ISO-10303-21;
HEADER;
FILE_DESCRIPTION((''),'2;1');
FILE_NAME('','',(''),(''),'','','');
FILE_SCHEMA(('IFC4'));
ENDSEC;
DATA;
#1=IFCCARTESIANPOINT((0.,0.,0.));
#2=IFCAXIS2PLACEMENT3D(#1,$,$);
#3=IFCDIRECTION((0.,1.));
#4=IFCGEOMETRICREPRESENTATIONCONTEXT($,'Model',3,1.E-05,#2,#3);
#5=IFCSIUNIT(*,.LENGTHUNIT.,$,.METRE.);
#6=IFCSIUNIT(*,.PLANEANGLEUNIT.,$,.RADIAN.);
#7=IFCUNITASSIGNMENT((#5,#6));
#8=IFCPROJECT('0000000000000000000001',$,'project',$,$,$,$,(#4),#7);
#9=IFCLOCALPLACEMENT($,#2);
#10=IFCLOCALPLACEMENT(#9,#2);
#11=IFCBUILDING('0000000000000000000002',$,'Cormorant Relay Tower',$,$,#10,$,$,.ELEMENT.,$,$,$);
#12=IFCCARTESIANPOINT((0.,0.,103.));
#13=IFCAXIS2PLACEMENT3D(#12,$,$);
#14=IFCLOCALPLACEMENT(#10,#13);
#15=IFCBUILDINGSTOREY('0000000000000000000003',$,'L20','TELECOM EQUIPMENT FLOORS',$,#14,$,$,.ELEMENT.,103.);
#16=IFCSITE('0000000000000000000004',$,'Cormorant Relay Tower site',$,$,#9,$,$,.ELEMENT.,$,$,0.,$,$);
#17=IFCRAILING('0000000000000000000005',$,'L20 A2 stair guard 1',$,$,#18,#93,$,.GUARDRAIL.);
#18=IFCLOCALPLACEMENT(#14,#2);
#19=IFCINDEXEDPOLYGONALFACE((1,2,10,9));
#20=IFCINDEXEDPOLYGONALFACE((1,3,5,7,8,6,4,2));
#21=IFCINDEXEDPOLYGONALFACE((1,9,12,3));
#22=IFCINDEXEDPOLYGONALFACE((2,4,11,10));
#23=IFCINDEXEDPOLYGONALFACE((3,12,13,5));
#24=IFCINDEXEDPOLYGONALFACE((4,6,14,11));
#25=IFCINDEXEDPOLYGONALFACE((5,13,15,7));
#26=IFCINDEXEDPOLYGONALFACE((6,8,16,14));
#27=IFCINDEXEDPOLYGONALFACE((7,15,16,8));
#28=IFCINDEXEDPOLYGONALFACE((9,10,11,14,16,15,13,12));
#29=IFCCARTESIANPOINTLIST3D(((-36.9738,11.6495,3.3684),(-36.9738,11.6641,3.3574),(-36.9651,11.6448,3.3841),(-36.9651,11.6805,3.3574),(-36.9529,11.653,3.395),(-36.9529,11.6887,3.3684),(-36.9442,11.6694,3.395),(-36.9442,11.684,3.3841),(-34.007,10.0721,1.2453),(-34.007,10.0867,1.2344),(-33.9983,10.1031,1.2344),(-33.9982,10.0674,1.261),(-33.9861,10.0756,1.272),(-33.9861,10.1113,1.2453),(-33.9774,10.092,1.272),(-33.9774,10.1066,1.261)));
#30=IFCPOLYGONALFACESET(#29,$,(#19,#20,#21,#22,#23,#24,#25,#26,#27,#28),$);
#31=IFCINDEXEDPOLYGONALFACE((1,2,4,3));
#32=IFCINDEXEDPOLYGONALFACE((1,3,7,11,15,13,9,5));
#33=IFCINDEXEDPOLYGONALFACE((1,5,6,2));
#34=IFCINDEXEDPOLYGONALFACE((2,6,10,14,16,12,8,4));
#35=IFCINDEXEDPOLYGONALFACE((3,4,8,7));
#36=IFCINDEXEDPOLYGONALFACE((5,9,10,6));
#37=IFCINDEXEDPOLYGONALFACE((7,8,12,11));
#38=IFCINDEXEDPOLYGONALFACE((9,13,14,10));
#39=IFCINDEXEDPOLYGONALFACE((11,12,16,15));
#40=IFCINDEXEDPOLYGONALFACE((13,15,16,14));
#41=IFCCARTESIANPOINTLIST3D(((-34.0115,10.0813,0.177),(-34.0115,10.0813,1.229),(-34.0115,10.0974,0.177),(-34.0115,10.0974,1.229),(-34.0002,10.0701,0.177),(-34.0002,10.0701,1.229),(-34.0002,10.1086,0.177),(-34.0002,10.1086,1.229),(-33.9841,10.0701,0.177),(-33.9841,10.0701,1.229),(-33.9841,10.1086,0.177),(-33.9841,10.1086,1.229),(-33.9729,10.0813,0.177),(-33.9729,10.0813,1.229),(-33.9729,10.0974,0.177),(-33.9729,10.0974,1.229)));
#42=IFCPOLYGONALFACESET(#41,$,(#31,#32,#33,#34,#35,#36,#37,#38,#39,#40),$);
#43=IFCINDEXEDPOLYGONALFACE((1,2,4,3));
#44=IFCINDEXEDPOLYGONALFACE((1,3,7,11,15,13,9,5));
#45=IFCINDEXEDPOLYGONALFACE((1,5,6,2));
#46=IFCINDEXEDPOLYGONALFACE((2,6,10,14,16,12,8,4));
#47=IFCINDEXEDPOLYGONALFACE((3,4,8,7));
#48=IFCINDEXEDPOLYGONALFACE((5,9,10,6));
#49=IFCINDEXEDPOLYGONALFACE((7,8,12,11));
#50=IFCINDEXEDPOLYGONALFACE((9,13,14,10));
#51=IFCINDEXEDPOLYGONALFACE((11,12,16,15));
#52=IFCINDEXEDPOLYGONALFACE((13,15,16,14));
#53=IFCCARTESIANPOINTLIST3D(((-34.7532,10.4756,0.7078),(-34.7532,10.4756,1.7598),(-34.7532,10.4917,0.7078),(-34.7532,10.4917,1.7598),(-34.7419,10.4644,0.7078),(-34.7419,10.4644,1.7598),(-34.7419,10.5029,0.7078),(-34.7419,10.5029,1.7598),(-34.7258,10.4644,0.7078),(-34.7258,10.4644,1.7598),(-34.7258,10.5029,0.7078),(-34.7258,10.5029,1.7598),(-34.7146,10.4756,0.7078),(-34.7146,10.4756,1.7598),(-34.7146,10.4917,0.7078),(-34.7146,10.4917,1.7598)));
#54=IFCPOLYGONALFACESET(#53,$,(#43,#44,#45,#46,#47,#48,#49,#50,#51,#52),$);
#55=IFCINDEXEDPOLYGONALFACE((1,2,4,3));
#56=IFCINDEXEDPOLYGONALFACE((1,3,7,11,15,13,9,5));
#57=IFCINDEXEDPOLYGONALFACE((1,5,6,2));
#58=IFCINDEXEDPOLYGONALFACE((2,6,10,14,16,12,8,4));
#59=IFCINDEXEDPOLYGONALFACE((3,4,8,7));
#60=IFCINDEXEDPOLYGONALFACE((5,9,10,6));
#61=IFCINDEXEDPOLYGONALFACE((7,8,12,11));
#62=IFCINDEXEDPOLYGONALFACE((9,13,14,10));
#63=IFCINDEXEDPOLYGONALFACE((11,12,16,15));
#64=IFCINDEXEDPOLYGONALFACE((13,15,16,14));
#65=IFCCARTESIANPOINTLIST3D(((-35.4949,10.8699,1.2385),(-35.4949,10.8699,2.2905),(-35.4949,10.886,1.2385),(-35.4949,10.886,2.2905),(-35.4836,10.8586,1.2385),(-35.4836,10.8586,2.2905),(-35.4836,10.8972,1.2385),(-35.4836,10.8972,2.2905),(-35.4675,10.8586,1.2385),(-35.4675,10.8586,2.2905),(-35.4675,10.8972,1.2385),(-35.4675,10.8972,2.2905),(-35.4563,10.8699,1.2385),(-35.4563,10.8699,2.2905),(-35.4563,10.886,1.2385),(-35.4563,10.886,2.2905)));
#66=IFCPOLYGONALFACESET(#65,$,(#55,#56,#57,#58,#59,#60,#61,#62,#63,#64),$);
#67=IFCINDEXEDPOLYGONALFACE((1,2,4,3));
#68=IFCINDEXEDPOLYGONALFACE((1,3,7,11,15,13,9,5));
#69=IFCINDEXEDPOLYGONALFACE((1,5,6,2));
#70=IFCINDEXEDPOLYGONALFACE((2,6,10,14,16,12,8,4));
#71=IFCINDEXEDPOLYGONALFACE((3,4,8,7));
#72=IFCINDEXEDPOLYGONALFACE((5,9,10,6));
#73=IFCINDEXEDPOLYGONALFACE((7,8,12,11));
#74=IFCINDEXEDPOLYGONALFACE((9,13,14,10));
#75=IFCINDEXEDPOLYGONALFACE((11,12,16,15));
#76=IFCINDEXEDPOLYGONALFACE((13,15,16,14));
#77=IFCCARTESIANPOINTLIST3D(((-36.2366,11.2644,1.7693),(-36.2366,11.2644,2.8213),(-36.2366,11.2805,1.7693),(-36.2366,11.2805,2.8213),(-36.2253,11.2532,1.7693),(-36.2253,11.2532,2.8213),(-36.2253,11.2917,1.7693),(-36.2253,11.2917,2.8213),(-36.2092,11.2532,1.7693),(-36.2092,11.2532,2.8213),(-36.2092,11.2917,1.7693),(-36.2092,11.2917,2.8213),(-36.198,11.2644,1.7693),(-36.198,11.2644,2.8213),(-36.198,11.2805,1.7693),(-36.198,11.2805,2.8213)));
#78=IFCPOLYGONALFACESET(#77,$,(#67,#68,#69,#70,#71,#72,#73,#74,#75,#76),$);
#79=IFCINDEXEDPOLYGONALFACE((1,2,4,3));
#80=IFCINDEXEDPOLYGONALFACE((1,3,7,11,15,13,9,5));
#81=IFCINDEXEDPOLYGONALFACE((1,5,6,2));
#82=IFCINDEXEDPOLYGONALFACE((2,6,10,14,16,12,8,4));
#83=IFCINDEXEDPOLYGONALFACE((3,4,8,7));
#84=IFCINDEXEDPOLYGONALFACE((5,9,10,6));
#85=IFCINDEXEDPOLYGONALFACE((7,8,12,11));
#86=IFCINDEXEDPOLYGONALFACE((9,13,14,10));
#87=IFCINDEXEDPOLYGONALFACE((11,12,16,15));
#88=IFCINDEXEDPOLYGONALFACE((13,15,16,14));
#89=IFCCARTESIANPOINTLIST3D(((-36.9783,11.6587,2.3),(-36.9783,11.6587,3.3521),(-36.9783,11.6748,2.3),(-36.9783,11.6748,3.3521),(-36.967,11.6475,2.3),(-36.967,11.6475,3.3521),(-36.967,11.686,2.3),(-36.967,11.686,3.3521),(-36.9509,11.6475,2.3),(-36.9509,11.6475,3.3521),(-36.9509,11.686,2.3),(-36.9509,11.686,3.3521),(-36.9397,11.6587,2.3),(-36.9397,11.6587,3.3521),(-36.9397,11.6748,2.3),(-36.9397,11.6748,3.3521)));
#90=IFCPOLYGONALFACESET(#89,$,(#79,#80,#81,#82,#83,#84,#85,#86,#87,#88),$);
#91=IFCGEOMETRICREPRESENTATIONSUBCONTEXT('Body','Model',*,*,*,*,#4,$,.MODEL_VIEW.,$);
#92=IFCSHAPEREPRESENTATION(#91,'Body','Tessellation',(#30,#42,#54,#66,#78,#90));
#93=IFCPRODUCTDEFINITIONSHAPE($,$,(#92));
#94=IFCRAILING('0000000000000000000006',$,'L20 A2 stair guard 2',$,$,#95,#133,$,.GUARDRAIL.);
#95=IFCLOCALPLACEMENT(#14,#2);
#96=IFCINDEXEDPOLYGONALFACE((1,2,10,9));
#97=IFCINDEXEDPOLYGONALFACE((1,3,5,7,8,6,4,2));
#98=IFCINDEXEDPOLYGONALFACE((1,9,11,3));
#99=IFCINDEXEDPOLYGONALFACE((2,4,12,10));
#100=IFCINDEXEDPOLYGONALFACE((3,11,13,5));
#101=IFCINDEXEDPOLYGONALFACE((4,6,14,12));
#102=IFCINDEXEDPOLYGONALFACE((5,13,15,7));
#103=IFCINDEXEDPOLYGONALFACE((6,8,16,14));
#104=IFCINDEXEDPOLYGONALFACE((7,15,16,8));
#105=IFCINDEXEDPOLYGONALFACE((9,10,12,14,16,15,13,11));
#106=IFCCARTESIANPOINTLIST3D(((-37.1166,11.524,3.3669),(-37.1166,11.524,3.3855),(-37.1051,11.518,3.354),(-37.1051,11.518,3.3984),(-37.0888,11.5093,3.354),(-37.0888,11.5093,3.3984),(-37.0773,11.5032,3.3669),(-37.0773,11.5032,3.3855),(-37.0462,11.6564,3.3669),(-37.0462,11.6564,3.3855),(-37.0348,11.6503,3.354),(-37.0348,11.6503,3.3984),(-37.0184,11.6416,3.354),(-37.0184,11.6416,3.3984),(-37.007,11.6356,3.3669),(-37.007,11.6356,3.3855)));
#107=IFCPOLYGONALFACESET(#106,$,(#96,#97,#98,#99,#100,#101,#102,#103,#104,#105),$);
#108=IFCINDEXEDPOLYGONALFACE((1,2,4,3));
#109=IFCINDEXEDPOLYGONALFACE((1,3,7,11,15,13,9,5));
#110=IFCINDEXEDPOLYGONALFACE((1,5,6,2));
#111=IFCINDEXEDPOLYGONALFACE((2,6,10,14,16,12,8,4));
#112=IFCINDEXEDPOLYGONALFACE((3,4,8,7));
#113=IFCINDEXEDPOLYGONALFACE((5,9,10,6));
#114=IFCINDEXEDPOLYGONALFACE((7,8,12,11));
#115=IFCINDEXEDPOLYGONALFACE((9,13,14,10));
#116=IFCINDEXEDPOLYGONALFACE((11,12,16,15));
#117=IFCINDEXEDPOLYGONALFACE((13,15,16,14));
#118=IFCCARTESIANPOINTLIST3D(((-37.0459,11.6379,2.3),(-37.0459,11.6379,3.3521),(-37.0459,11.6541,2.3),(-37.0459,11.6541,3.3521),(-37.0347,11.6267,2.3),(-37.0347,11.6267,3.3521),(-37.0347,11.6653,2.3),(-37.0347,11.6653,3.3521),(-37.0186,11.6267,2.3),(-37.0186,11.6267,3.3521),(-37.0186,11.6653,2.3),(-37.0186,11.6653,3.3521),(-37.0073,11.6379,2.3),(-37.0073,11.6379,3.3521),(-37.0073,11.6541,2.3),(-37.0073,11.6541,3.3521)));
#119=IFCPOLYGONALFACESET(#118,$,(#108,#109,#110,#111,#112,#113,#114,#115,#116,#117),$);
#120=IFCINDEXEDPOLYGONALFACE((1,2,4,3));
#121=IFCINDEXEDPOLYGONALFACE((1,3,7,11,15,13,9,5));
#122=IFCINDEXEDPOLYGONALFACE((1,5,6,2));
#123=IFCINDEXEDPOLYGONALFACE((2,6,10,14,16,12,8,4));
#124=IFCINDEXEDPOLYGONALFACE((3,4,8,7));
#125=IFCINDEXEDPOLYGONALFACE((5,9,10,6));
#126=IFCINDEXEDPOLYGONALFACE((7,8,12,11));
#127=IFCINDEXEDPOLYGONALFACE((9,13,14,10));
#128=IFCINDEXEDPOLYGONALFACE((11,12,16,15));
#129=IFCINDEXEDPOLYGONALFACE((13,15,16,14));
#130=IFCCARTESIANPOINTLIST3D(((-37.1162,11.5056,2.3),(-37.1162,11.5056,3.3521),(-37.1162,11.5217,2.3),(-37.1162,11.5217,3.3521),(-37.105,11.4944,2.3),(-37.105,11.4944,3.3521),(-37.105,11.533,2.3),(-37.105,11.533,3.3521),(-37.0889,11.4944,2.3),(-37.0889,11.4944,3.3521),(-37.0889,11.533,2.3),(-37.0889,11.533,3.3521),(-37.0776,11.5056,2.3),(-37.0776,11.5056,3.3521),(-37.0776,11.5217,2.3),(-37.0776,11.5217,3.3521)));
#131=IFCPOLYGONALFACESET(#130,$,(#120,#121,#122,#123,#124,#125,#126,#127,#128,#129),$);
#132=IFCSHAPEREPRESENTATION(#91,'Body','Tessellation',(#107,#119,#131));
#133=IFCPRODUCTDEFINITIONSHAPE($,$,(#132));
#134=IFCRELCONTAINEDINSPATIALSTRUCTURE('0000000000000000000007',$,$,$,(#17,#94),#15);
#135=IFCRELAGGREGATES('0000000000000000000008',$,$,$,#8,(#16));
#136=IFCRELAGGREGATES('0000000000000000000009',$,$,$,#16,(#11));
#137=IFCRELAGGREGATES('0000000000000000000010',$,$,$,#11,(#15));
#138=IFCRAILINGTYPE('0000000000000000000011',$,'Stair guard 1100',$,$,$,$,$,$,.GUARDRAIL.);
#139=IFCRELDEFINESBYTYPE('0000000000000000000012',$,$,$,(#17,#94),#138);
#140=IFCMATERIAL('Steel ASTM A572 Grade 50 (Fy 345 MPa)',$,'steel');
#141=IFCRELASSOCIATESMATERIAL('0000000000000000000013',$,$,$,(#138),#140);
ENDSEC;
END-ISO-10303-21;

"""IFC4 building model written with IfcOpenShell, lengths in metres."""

from ifc_helpers import new_model, si_unit, direction, frame, origin, place, context, subcontext, project, spatial, polyline, outline, extrude, material, type_object, element, save


model = new_model("IFC4")

# Units and contexts
model_context = context("Model", 3, precision=1e-05, world=origin(), true_north=direction((0.0, 1.0)))
body_context = subcontext(model_context, "Body", "Model", "MODEL_VIEW")
ifc_project = project(units=[si_unit("LENGTHUNIT", "METRE"), si_unit("PLANEANGLEUNIT", "RADIAN")], contexts=[model_context])

# Site, building, storey
site_placement = place(None, origin())
site = spatial("IfcSite", under=ifc_project, at=site_placement, Name="Cormorant Relay Tower site", CompositionType="ELEMENT", RefElevation=0.0)
building_placement = place(site_placement, origin())
building = spatial("IfcBuilding", under=site, at=building_placement, Name="Cormorant Relay Tower", CompositionType="ELEMENT")
storey_placement = place(building_placement, frame((0.0, 0.0, 103.0)))
storey = spatial("IfcBuildingStorey", under=building, at=storey_placement, Name="L20", Description="TELECOM EQUIPMENT FLOORS", CompositionType="ELEMENT", Elevation=103.0)

# Railings
ifc_material_1 = material(Name="Steel ASTM A572 Grade 50 (Fy 345 MPa)", Category="steel")
railing_type_1 = type_object("IfcRailingType", Name="Stair guard 1100", PredefinedType="GUARDRAIL", material=ifc_material_1)
railing_1_placement = place(storey_placement, frame((-33.9922, 10.0894, 0.177)))
element("IfcRailing", 1, at=railing_1_placement, inside=storey, type_object=railing_type_1, Name="L20 A2 stair guard 1", PredefinedType="GUARDRAIL", context=body_context, shape_type="SweptSolid", body=[
    extrude(outline(polyline([(0.0222, 0.0093), (0.0093, 0.0222), (-0.0093, 0.0222), (-0.0222, 0.0093), (-0.0222, -0.0093), (-0.0093, -0.0222), (0.0093, -0.0222), (0.0222, -0.0093), (0.0222, 0.0093)])), frame((0.0, 0.0, 1.0762), z_axis=(-0.746441, 0.396869, 0.534155), x_axis=(-0.469453, -0.882958, 0.0)), (0.0, 0.0, 1.0), 3.9746),
    extrude(outline(polyline([(0.0193, 0.0081), (0.0081, 0.0193), (-0.0081, 0.0193), (-0.0193, 0.0081), (-0.0193, -0.0081), (-0.0081, -0.0193), (0.0081, -0.0193), (0.0193, -0.0081), (0.0193, 0.0081)])), origin(), (0.0, 0.0, 1.0), 1.052),
    extrude(outline(polyline([(0.0193, 0.0081), (0.0081, 0.0193), (-0.0081, 0.0193), (-0.0193, 0.0081), (-0.0193, -0.0081), (-0.0081, -0.0193), (0.0081, -0.0193), (0.0193, -0.0081), (0.0193, 0.0081)])), frame((-0.7417, 0.3943, 0.5308)), (0.0, 0.0, 1.0), 1.052),
    extrude(outline(polyline([(0.0193, 0.0081), (0.0081, 0.0193), (-0.0081, 0.0193), (-0.0193, 0.0081), (-0.0193, -0.0081), (-0.0081, -0.0193), (0.0081, -0.0193), (0.0193, -0.0081), (0.0193, 0.0081)])), frame((-1.4834, 0.7886, 1.0615)), (0.0, 0.0, 1.0), 1.052),
    extrude(outline(polyline([(0.0193, 0.0081), (0.0081, 0.0193), (-0.0081, 0.0193), (-0.0193, 0.0081), (-0.0193, -0.0081), (-0.0081, -0.0193), (0.0081, -0.0193), (0.0193, -0.0081), (0.0193, 0.0081)])), frame((-2.2251, 1.1831, 1.5923)), (0.0, 0.0, 1.0), 1.052),
    extrude(outline(polyline([(0.0193, 0.0081), (0.0081, 0.0193), (-0.0081, 0.0193), (-0.0193, 0.0081), (-0.0193, -0.0081), (-0.0081, -0.0193), (0.0081, -0.0193), (0.0193, -0.0081), (0.0193, 0.0081)])), frame((-2.9668, 1.5774, 2.123)), (0.0, 0.0, 1.0), 1.052),
])
railing_2_placement = place(storey_placement, frame((-37.0266, 11.646, 2.3)))
element("IfcRailing", 2, at=railing_2_placement, inside=storey, type_object=railing_type_1, Name="L20 A2 stair guard 2", PredefinedType="GUARDRAIL", context=body_context, shape_type="SweptSolid", body=[
    extrude(outline(polyline([(0.0222, 0.0093), (0.0093, 0.0222), (-0.0093, 0.0222), (-0.0222, 0.0093), (-0.0222, -0.0093), (-0.0093, -0.0222), (0.0093, -0.0222), (0.0222, -0.0093), (0.0222, 0.0093)])), frame((0.0, 0.0, 1.0762), z_axis=(-0.469235, -0.883074, 0.0), x_axis=(0.883074, -0.469235, 0.0)), (0.0, 0.0, 1.0), 0.1499),
    extrude(outline(polyline([(0.0193, 0.0081), (0.0081, 0.0193), (-0.0081, 0.0193), (-0.0193, 0.0081), (-0.0193, -0.0081), (-0.0081, -0.0193), (0.0081, -0.0193), (0.0193, -0.0081), (0.0193, 0.0081)])), origin(), (0.0, 0.0, 1.0), 1.052),
    extrude(outline(polyline([(0.0193, 0.0081), (0.0081, 0.0193), (-0.0081, 0.0193), (-0.0193, 0.0081), (-0.0193, -0.0081), (-0.0081, -0.0193), (0.0081, -0.0193), (0.0193, -0.0081), (0.0193, 0.0081)])), frame((-0.0703, -0.1323, 0.0)), (0.0, 0.0, 1.0), 1.052),
])

save(model, "model.ifc")
